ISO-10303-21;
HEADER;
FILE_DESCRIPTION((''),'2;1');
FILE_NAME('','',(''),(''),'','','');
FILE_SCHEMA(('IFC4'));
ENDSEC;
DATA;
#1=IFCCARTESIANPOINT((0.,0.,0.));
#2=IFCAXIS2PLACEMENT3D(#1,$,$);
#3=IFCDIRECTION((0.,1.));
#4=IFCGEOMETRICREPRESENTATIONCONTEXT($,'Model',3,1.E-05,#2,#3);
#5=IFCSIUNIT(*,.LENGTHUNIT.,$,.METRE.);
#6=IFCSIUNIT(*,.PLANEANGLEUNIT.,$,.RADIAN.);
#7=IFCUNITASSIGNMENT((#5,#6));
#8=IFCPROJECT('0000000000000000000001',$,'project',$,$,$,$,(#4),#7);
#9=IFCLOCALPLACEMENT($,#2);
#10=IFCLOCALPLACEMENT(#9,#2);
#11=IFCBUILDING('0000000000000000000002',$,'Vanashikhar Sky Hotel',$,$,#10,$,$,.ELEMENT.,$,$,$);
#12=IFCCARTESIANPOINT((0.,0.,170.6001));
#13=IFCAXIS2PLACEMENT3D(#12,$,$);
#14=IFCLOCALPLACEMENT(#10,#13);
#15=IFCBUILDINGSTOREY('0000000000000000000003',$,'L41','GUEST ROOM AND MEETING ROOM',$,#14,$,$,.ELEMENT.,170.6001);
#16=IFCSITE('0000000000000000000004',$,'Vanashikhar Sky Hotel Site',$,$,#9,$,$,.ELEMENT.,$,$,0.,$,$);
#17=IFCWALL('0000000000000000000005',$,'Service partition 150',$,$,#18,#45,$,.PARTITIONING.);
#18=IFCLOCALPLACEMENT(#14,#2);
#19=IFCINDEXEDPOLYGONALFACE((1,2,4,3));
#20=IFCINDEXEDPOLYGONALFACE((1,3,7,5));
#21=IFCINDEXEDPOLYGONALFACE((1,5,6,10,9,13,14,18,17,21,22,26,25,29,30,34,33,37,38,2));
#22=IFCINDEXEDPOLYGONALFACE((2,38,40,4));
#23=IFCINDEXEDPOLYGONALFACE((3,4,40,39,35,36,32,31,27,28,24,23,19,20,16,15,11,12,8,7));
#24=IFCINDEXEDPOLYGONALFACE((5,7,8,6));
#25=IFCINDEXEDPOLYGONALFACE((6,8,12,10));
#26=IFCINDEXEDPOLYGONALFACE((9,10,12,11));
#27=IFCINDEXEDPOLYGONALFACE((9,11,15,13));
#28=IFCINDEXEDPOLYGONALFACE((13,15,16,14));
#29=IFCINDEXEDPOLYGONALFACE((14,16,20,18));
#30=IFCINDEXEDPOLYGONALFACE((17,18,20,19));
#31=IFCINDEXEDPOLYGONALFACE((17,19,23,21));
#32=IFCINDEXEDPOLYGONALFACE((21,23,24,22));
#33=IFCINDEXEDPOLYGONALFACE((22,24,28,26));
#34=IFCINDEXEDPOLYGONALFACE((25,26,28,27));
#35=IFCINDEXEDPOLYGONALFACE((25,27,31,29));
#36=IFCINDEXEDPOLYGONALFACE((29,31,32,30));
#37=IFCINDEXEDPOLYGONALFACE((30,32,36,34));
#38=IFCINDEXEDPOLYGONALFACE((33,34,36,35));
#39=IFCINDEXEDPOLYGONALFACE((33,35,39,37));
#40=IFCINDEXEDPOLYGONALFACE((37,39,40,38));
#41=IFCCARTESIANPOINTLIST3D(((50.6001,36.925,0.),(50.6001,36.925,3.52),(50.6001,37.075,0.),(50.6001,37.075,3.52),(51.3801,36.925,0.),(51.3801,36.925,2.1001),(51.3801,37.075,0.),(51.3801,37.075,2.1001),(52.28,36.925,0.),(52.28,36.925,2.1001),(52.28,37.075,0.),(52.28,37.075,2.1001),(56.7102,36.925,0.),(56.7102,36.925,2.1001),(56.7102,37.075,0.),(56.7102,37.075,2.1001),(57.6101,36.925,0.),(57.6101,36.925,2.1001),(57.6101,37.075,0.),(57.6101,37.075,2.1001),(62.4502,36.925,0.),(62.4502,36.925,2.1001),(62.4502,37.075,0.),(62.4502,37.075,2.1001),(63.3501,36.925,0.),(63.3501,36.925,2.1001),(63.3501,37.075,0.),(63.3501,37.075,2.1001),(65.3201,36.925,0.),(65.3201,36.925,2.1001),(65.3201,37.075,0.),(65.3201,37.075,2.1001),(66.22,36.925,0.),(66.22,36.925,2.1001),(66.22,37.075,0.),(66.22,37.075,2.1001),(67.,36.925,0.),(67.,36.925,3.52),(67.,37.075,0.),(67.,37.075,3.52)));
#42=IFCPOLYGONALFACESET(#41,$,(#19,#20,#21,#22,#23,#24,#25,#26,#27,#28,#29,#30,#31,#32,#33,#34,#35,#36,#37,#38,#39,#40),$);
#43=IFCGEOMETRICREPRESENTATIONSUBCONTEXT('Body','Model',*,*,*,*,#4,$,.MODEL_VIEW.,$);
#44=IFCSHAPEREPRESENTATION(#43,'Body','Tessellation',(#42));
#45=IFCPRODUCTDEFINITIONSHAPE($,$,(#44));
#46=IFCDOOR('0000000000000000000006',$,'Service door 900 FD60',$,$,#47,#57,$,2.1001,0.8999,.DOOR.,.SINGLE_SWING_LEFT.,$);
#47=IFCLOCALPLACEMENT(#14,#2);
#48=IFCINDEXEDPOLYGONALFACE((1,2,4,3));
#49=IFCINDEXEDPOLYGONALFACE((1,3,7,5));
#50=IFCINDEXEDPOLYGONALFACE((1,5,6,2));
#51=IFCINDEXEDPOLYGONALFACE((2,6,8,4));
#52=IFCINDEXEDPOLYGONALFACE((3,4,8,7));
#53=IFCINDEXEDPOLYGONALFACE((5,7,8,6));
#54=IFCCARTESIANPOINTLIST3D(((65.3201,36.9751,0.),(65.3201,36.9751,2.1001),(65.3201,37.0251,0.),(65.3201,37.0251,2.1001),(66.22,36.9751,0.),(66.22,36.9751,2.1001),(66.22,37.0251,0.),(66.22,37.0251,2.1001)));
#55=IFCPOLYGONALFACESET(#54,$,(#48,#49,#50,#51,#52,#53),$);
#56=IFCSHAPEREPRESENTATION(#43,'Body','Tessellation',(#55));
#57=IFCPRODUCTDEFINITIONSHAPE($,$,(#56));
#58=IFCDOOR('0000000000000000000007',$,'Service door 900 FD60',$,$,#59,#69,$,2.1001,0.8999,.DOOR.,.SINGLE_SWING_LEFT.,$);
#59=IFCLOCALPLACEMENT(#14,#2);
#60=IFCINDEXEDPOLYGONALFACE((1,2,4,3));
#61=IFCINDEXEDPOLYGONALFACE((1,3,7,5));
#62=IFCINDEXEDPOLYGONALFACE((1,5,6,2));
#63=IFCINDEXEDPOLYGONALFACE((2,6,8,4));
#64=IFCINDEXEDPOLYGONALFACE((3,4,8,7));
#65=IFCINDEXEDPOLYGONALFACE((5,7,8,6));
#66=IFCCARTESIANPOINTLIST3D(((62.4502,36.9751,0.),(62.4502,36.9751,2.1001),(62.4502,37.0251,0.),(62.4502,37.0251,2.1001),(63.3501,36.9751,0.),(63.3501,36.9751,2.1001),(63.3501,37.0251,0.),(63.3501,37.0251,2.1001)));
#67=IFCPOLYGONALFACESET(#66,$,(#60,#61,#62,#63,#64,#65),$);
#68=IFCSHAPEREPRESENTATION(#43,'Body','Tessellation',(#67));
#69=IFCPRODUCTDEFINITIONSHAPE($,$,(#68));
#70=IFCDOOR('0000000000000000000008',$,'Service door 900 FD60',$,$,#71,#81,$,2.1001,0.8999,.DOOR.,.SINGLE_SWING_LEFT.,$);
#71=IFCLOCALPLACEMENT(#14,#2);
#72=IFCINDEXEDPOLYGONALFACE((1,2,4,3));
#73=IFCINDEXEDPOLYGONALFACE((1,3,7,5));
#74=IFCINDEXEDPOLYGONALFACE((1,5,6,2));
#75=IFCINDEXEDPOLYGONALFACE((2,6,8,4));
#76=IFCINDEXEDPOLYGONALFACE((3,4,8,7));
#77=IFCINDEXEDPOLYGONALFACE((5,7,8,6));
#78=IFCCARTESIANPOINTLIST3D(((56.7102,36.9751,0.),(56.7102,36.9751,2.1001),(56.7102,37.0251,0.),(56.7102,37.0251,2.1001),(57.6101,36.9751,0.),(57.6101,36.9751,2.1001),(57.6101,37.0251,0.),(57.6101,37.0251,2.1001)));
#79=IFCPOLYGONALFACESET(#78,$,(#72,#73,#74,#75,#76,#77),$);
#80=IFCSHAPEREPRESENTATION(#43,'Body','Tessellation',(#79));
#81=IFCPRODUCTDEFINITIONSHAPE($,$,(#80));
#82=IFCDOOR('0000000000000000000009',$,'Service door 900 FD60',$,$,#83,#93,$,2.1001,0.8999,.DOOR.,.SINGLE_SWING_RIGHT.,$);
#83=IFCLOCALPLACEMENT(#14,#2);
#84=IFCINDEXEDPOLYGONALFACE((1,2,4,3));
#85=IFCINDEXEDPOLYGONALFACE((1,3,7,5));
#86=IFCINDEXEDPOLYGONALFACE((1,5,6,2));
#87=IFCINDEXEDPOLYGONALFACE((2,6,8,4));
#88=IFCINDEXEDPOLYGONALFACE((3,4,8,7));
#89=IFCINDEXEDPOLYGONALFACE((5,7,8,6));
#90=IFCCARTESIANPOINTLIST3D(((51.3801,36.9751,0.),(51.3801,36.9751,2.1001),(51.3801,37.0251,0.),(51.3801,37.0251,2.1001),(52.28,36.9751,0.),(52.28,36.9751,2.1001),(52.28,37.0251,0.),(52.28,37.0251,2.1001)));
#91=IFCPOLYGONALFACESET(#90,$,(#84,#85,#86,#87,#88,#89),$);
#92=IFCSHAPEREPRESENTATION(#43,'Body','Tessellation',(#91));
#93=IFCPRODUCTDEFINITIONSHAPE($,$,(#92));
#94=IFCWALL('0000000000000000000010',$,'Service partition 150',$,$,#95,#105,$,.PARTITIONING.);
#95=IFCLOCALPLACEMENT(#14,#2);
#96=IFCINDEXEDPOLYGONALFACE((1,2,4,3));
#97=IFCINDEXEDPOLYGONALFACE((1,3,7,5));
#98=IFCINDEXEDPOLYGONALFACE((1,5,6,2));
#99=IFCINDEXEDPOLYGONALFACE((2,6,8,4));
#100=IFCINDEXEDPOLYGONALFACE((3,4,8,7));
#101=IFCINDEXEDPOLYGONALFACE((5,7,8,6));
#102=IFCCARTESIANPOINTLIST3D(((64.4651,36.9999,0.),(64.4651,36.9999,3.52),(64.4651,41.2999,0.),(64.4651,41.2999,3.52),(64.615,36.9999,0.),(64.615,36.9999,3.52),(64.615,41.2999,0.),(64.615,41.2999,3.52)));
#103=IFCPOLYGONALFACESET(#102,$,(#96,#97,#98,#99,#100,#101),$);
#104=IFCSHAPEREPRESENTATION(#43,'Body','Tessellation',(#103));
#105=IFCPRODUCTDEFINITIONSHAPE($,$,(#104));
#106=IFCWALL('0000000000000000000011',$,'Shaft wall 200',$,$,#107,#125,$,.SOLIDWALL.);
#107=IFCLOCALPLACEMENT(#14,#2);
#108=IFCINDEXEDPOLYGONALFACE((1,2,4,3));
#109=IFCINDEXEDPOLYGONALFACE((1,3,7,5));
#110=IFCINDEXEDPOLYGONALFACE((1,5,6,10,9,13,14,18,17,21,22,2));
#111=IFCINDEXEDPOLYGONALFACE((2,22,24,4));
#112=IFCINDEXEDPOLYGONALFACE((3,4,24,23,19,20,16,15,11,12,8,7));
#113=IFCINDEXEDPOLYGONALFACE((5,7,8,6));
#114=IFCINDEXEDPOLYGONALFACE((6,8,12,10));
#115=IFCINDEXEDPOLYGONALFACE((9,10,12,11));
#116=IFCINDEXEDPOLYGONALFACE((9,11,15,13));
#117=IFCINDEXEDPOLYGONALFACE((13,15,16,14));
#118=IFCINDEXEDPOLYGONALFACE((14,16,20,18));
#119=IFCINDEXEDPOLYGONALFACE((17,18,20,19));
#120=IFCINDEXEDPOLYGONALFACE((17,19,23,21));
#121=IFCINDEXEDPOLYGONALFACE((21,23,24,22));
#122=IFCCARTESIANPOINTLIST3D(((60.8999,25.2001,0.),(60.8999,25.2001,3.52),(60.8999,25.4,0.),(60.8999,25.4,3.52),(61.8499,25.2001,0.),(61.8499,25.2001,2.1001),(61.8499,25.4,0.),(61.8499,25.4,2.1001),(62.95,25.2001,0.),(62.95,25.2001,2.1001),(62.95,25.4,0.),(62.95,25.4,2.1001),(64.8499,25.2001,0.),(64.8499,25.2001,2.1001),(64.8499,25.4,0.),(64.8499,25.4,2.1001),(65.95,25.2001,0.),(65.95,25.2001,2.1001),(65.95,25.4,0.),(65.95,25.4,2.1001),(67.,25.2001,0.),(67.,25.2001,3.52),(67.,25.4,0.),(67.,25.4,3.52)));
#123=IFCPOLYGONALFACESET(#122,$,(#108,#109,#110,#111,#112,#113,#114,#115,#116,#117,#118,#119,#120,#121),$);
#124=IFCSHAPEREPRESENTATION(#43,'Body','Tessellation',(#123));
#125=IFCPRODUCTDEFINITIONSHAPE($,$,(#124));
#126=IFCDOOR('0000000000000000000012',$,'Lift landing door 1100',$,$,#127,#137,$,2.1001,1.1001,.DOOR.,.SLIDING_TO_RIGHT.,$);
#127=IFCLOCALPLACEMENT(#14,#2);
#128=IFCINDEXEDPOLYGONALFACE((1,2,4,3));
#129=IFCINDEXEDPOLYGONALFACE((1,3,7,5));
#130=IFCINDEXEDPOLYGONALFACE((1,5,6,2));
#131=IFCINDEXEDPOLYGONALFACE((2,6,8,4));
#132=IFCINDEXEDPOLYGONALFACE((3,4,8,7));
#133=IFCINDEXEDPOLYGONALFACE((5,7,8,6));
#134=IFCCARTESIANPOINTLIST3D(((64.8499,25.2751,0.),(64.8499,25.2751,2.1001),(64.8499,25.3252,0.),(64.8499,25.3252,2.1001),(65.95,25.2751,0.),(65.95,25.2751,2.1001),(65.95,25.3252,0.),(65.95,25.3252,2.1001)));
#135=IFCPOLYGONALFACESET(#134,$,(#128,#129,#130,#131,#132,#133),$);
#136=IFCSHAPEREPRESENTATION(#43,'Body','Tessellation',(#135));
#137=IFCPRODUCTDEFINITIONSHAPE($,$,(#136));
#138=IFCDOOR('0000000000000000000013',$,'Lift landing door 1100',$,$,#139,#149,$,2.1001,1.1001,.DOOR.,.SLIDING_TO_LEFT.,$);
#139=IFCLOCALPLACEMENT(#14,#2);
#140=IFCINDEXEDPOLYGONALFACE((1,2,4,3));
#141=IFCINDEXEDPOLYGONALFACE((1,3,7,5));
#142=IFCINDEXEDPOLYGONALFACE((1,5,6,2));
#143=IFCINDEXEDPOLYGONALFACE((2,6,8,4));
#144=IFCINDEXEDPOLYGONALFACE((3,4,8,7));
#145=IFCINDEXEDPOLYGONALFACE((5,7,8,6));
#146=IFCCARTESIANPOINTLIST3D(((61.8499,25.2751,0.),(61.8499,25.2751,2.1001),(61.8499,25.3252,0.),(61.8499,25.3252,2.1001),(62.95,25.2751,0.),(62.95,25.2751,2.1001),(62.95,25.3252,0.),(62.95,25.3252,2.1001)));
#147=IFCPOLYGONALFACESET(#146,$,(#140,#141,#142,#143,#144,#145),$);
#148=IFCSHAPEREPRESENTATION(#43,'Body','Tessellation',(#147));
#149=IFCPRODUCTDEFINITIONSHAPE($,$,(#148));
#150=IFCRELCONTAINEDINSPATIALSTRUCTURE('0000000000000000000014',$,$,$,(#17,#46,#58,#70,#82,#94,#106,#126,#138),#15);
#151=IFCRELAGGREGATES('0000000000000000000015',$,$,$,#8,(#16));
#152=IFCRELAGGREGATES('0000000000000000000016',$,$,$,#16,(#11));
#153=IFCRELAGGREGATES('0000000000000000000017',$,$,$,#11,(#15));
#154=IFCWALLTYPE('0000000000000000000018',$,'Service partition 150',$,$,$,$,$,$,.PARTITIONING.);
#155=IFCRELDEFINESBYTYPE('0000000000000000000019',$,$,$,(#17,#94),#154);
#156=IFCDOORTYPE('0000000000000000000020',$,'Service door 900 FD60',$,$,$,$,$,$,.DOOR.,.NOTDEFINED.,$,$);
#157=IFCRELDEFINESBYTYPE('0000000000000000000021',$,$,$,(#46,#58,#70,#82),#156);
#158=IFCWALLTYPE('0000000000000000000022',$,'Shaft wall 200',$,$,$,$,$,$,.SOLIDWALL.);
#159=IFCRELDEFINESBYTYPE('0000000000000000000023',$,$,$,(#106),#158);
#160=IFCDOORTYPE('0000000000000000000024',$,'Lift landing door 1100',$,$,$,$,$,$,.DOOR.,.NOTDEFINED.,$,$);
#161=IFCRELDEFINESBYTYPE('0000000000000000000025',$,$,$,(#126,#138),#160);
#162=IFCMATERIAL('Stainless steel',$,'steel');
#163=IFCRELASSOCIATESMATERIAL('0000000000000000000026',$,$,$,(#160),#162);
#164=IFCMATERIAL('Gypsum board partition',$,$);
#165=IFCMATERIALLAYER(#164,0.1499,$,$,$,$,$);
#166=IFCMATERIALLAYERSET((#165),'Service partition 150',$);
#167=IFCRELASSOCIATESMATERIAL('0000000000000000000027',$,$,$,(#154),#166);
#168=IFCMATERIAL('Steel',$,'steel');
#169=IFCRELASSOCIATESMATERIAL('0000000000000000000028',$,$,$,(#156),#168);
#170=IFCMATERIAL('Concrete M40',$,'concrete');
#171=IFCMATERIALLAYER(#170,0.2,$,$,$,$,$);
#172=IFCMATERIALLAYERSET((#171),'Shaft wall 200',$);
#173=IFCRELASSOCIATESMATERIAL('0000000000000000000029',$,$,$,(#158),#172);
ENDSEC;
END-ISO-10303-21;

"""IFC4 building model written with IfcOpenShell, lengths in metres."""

from ifc_helpers import new_model, si_unit, direction, frame, frame_2d, origin, place, context, subcontext, project, spatial, rectangle, extrude, source, transform, mapped, material, layer, layer_set, type_object, element, fill, save


model = new_model("IFC4")

# Units and contexts
model_context = context("Model", 3, precision=1e-05, world=origin(), true_north=direction((0.0, 1.0)))
body_context = subcontext(model_context, "Body", "Model", "MODEL_VIEW")
ifc_project = project(units=[si_unit("LENGTHUNIT", "METRE"), si_unit("PLANEANGLEUNIT", "RADIAN")], contexts=[model_context])

# Site, building, storey
site_placement = place(None, origin())
site = spatial("IfcSite", under=ifc_project, at=site_placement, Name="Vanashikhar Sky Hotel Site", CompositionType="ELEMENT", RefElevation=0.0)
building_placement = place(site_placement, origin())
building = spatial("IfcBuilding", under=site, at=building_placement, Name="Vanashikhar Sky Hotel", CompositionType="ELEMENT")
storey_placement = place(building_placement, frame((0.0, 0.0, 170.6001)))
storey = spatial("IfcBuildingStorey", under=building, at=storey_placement, Name="L41", Description="GUEST ROOM AND MEETING ROOM", CompositionType="ELEMENT", Elevation=170.6001)

# Shared definitions
ifc_material_1 = material(Name="Stainless steel", Category="steel")
door_type_1 = type_object("IfcDoorType", Name="Lift landing door 1100", OperationType="NOTDEFINED", PredefinedType="DOOR", material=ifc_material_1)
shared_shape_1 = source(origin(), body_context, "Body", "SweptSolid", [
    extrude(rectangle(XDim=1.1001, YDim=2.1001, at=frame_2d((0.55, 1.05))), frame((0.0, 0.0249, 0.0), z_axis=(0.0, -1.0, 0.0), x_axis=(1.0, 0.0, 0.0)), (0.0, 0.0, 1.0), 0.05),
])

# Shared definitions
ifc_material_2 = material(Name="Gypsum board partition")
ifc_layer_1 = layer(ifc_material_2, 0.1499)
ifc_layer_set_1 = layer_set([ifc_layer_1], Name="Service partition 150")
wall_type_1 = type_object("IfcWallType", Name="Service partition 150", PredefinedType="PARTITIONING", material=ifc_layer_set_1)

# Wall, openings, doors
shared_shape_2 = source(origin(), body_context, "Body", "SweptSolid", [
    extrude(rectangle(XDim=0.8999, YDim=2.1001, at=frame_2d((0.45, 1.05))), frame((0.0, 0.085, 0.0), z_axis=(0.0, -1.0, 0.0), x_axis=(1.0, 0.0, 0.0)), (0.0, 0.0, 1.0), 0.1699),
])
ifc_material_3 = material(Name="Steel", Category="steel")
door_type_2 = type_object("IfcDoorType", Name="Service door 900 FD60", OperationType="NOTDEFINED", PredefinedType="DOOR", material=ifc_material_3)
shared_shape_3 = source(origin(), body_context, "Body", "SweptSolid", [
    extrude(rectangle(XDim=0.8999, YDim=2.1001, at=frame_2d((0.45, 1.05))), frame((0.0, 0.0249, 0.0), z_axis=(0.0, -1.0, 0.0), x_axis=(1.0, 0.0, 0.0)), (0.0, 0.0, 1.0), 0.05),
])
shared_shape_4 = source(origin(), body_context, "Body", "SweptSolid", [
    extrude(rectangle(XDim=16.3999, YDim=0.1499, at=frame_2d((8.2, 0.0))), origin(), (0.0, 0.0, 1.0), 3.52),
])
wall_1_placement = place(storey_placement, frame((67.0, 37.0, 0.0), z_axis=(0.0, 0.0, 1.0), x_axis=(-1.0, 0.0, 0.0)))
wall_1 = element("IfcWall", 1, at=wall_1_placement, inside=storey, type_object=wall_type_1, Name="Service partition 150", PredefinedType="PARTITIONING", context=body_context, shape_type="MappedRepresentation", body=[
    mapped(shared_shape_4, transform((0.0, 0.0, 0.0), scale=1.0)),
])
opening_1_placement = place(wall_1_placement, frame((0.78, 0.0, 0.0)))
opening_1 = element("IfcOpeningElement", 2, at=opening_1_placement, cuts=wall_1, PredefinedType="OPENING", context=body_context, shape_type="MappedRepresentation", body=[
    mapped(shared_shape_2, transform((0.0, 0.0, 0.0), scale=1.0)),
])
opening_2_placement = place(wall_1_placement, frame((3.6499, 0.0, 0.0)))
opening_2 = element("IfcOpeningElement", 3, at=opening_2_placement, cuts=wall_1, PredefinedType="OPENING", context=body_context, shape_type="MappedRepresentation", body=[
    mapped(shared_shape_2, transform((0.0, 0.0, 0.0), scale=1.0)),
])
opening_3_placement = place(wall_1_placement, frame((9.3899, 0.0, 0.0)))
opening_3 = element("IfcOpeningElement", 4, at=opening_3_placement, cuts=wall_1, PredefinedType="OPENING", context=body_context, shape_type="MappedRepresentation", body=[
    mapped(shared_shape_2, transform((0.0, 0.0, 0.0), scale=1.0)),
])
opening_4_placement = place(wall_1_placement, frame((14.72, 0.0, 0.0)))
opening_4 = element("IfcOpeningElement", 5, at=opening_4_placement, cuts=wall_1, PredefinedType="OPENING", context=body_context, shape_type="MappedRepresentation", body=[
    mapped(shared_shape_2, transform((0.0, 0.0, 0.0), scale=1.0)),
])
door_1_placement = place(opening_1_placement, origin())
door_1 = element("IfcDoor", 6, at=door_1_placement, inside=storey, type_object=door_type_2, Name="Service door 900 FD60", OperationType="SINGLE_SWING_LEFT", OverallHeight=2.1001, OverallWidth=0.8999, PredefinedType="DOOR", context=body_context, shape_type="MappedRepresentation", body=[
    mapped(shared_shape_3, transform((0.0, 0.0, 0.0), scale=1.0)),
])
fill(opening_1, door_1)
door_2_placement = place(opening_2_placement, origin())
door_2 = element("IfcDoor", 7, at=door_2_placement, inside=storey, type_object=door_type_2, Name="Service door 900 FD60", OperationType="SINGLE_SWING_LEFT", OverallHeight=2.1001, OverallWidth=0.8999, PredefinedType="DOOR", context=body_context, shape_type="MappedRepresentation", body=[
    mapped(shared_shape_3, transform((0.0, 0.0, 0.0), scale=1.0)),
])
fill(opening_2, door_2)
door_3_placement = place(opening_3_placement, origin())
door_3 = element("IfcDoor", 8, at=door_3_placement, inside=storey, type_object=door_type_2, Name="Service door 900 FD60", OperationType="SINGLE_SWING_LEFT", OverallHeight=2.1001, OverallWidth=0.8999, PredefinedType="DOOR", context=body_context, shape_type="MappedRepresentation", body=[
    mapped(shared_shape_3, transform((0.0, 0.0, 0.0), scale=1.0)),
])
fill(opening_3, door_3)
door_4_placement = place(opening_4_placement, origin())
door_4 = element("IfcDoor", 9, at=door_4_placement, inside=storey, type_object=door_type_2, Name="Service door 900 FD60", OperationType="SINGLE_SWING_RIGHT", OverallHeight=2.1001, OverallWidth=0.8999, PredefinedType="DOOR", context=body_context, shape_type="MappedRepresentation", body=[
    mapped(shared_shape_3, transform((0.0, 0.0, 0.0), scale=1.0)),
])
fill(opening_4, door_4)

# Wall
shared_shape_5 = source(origin(), body_context, "Body", "SweptSolid", [
    extrude(rectangle(XDim=4.3, YDim=0.1499, at=frame_2d((2.1499, 0.0))), origin(), (0.0, 0.0, 1.0), 3.52),
])
wall_2_placement = place(storey_placement, frame((64.54, 37.0, 0.0), z_axis=(0.0, 0.0, 1.0), x_axis=(0.0, 1.0, 0.0)))
element("IfcWall", 10, at=wall_2_placement, inside=storey, type_object=wall_type_1, Name="Service partition 150", PredefinedType="PARTITIONING", context=body_context, shape_type="MappedRepresentation", body=[
    mapped(shared_shape_5, transform((0.0, 0.0, 0.0), scale=1.0)),
])

# Wall, openings, doors
ifc_material_4 = material(Name="Concrete M40", Category="concrete")
ifc_layer_2 = layer(ifc_material_4, 0.2)
ifc_layer_set_2 = layer_set([ifc_layer_2], Name="Shaft wall 200")
wall_type_2 = type_object("IfcWallType", Name="Shaft wall 200", PredefinedType="SOLIDWALL", material=ifc_layer_set_2)
shared_shape_6 = source(origin(), body_context, "Body", "SweptSolid", [
    extrude(rectangle(XDim=6.1001, YDim=0.2, at=frame_2d((3.05, 0.0))), origin(), (0.0, 0.0, 1.0), 3.52),
])
wall_3_placement = place(storey_placement, frame((67.0, 25.3, 0.0), z_axis=(0.0, 0.0, 1.0), x_axis=(-1.0, 0.0, 0.0)))
wall_3 = element("IfcWall", 11, at=wall_3_placement, inside=storey, type_object=wall_type_2, Name="Shaft wall 200", PredefinedType="SOLIDWALL", context=body_context, shape_type="MappedRepresentation", body=[
    mapped(shared_shape_6, transform((0.0, 0.0, 0.0), scale=1.0)),
])
shared_shape_7 = source(origin(), body_context, "Body", "SweptSolid", [
    extrude(rectangle(XDim=1.1001, YDim=2.1001, at=frame_2d((0.55, 1.05))), frame((0.0, 0.1099, 0.0), z_axis=(0.0, -1.0, 0.0), x_axis=(1.0, 0.0, 0.0)), (0.0, 0.0, 1.0), 0.22),
])
opening_5_placement = place(wall_3_placement, frame((1.05, 0.0, 0.0)))
opening_5 = element("IfcOpeningElement", 12, at=opening_5_placement, cuts=wall_3, PredefinedType="OPENING", context=body_context, shape_type="MappedRepresentation", body=[
    mapped(shared_shape_7, transform((0.0, 0.0, 0.0), scale=1.0)),
])
opening_6_placement = place(wall_3_placement, frame((4.05, 0.0, 0.0)))
opening_6 = element("IfcOpeningElement", 13, at=opening_6_placement, cuts=wall_3, PredefinedType="OPENING", context=body_context, shape_type="MappedRepresentation", body=[
    mapped(shared_shape_7, transform((0.0, 0.0, 0.0), scale=1.0)),
])
door_5_placement = place(opening_5_placement, origin())
door_5 = element("IfcDoor", 14, at=door_5_placement, inside=storey, type_object=door_type_1, Name="Lift landing door 1100", OperationType="SLIDING_TO_RIGHT", OverallHeight=2.1001, OverallWidth=1.1001, PredefinedType="DOOR", context=body_context, shape_type="MappedRepresentation", body=[
    mapped(shared_shape_1, transform((0.0, 0.0, 0.0), scale=1.0)),
])
fill(opening_5, door_5)
door_6_placement = place(opening_6_placement, origin())
door_6 = element("IfcDoor", 15, at=door_6_placement, inside=storey, type_object=door_type_1, Name="Lift landing door 1100", OperationType="SLIDING_TO_LEFT", OverallHeight=2.1001, OverallWidth=1.1001, PredefinedType="DOOR", context=body_context, shape_type="MappedRepresentation", body=[
    mapped(shared_shape_1, transform((0.0, 0.0, 0.0), scale=1.0)),
])
fill(opening_6, door_6)

save(model, "model.ifc")
